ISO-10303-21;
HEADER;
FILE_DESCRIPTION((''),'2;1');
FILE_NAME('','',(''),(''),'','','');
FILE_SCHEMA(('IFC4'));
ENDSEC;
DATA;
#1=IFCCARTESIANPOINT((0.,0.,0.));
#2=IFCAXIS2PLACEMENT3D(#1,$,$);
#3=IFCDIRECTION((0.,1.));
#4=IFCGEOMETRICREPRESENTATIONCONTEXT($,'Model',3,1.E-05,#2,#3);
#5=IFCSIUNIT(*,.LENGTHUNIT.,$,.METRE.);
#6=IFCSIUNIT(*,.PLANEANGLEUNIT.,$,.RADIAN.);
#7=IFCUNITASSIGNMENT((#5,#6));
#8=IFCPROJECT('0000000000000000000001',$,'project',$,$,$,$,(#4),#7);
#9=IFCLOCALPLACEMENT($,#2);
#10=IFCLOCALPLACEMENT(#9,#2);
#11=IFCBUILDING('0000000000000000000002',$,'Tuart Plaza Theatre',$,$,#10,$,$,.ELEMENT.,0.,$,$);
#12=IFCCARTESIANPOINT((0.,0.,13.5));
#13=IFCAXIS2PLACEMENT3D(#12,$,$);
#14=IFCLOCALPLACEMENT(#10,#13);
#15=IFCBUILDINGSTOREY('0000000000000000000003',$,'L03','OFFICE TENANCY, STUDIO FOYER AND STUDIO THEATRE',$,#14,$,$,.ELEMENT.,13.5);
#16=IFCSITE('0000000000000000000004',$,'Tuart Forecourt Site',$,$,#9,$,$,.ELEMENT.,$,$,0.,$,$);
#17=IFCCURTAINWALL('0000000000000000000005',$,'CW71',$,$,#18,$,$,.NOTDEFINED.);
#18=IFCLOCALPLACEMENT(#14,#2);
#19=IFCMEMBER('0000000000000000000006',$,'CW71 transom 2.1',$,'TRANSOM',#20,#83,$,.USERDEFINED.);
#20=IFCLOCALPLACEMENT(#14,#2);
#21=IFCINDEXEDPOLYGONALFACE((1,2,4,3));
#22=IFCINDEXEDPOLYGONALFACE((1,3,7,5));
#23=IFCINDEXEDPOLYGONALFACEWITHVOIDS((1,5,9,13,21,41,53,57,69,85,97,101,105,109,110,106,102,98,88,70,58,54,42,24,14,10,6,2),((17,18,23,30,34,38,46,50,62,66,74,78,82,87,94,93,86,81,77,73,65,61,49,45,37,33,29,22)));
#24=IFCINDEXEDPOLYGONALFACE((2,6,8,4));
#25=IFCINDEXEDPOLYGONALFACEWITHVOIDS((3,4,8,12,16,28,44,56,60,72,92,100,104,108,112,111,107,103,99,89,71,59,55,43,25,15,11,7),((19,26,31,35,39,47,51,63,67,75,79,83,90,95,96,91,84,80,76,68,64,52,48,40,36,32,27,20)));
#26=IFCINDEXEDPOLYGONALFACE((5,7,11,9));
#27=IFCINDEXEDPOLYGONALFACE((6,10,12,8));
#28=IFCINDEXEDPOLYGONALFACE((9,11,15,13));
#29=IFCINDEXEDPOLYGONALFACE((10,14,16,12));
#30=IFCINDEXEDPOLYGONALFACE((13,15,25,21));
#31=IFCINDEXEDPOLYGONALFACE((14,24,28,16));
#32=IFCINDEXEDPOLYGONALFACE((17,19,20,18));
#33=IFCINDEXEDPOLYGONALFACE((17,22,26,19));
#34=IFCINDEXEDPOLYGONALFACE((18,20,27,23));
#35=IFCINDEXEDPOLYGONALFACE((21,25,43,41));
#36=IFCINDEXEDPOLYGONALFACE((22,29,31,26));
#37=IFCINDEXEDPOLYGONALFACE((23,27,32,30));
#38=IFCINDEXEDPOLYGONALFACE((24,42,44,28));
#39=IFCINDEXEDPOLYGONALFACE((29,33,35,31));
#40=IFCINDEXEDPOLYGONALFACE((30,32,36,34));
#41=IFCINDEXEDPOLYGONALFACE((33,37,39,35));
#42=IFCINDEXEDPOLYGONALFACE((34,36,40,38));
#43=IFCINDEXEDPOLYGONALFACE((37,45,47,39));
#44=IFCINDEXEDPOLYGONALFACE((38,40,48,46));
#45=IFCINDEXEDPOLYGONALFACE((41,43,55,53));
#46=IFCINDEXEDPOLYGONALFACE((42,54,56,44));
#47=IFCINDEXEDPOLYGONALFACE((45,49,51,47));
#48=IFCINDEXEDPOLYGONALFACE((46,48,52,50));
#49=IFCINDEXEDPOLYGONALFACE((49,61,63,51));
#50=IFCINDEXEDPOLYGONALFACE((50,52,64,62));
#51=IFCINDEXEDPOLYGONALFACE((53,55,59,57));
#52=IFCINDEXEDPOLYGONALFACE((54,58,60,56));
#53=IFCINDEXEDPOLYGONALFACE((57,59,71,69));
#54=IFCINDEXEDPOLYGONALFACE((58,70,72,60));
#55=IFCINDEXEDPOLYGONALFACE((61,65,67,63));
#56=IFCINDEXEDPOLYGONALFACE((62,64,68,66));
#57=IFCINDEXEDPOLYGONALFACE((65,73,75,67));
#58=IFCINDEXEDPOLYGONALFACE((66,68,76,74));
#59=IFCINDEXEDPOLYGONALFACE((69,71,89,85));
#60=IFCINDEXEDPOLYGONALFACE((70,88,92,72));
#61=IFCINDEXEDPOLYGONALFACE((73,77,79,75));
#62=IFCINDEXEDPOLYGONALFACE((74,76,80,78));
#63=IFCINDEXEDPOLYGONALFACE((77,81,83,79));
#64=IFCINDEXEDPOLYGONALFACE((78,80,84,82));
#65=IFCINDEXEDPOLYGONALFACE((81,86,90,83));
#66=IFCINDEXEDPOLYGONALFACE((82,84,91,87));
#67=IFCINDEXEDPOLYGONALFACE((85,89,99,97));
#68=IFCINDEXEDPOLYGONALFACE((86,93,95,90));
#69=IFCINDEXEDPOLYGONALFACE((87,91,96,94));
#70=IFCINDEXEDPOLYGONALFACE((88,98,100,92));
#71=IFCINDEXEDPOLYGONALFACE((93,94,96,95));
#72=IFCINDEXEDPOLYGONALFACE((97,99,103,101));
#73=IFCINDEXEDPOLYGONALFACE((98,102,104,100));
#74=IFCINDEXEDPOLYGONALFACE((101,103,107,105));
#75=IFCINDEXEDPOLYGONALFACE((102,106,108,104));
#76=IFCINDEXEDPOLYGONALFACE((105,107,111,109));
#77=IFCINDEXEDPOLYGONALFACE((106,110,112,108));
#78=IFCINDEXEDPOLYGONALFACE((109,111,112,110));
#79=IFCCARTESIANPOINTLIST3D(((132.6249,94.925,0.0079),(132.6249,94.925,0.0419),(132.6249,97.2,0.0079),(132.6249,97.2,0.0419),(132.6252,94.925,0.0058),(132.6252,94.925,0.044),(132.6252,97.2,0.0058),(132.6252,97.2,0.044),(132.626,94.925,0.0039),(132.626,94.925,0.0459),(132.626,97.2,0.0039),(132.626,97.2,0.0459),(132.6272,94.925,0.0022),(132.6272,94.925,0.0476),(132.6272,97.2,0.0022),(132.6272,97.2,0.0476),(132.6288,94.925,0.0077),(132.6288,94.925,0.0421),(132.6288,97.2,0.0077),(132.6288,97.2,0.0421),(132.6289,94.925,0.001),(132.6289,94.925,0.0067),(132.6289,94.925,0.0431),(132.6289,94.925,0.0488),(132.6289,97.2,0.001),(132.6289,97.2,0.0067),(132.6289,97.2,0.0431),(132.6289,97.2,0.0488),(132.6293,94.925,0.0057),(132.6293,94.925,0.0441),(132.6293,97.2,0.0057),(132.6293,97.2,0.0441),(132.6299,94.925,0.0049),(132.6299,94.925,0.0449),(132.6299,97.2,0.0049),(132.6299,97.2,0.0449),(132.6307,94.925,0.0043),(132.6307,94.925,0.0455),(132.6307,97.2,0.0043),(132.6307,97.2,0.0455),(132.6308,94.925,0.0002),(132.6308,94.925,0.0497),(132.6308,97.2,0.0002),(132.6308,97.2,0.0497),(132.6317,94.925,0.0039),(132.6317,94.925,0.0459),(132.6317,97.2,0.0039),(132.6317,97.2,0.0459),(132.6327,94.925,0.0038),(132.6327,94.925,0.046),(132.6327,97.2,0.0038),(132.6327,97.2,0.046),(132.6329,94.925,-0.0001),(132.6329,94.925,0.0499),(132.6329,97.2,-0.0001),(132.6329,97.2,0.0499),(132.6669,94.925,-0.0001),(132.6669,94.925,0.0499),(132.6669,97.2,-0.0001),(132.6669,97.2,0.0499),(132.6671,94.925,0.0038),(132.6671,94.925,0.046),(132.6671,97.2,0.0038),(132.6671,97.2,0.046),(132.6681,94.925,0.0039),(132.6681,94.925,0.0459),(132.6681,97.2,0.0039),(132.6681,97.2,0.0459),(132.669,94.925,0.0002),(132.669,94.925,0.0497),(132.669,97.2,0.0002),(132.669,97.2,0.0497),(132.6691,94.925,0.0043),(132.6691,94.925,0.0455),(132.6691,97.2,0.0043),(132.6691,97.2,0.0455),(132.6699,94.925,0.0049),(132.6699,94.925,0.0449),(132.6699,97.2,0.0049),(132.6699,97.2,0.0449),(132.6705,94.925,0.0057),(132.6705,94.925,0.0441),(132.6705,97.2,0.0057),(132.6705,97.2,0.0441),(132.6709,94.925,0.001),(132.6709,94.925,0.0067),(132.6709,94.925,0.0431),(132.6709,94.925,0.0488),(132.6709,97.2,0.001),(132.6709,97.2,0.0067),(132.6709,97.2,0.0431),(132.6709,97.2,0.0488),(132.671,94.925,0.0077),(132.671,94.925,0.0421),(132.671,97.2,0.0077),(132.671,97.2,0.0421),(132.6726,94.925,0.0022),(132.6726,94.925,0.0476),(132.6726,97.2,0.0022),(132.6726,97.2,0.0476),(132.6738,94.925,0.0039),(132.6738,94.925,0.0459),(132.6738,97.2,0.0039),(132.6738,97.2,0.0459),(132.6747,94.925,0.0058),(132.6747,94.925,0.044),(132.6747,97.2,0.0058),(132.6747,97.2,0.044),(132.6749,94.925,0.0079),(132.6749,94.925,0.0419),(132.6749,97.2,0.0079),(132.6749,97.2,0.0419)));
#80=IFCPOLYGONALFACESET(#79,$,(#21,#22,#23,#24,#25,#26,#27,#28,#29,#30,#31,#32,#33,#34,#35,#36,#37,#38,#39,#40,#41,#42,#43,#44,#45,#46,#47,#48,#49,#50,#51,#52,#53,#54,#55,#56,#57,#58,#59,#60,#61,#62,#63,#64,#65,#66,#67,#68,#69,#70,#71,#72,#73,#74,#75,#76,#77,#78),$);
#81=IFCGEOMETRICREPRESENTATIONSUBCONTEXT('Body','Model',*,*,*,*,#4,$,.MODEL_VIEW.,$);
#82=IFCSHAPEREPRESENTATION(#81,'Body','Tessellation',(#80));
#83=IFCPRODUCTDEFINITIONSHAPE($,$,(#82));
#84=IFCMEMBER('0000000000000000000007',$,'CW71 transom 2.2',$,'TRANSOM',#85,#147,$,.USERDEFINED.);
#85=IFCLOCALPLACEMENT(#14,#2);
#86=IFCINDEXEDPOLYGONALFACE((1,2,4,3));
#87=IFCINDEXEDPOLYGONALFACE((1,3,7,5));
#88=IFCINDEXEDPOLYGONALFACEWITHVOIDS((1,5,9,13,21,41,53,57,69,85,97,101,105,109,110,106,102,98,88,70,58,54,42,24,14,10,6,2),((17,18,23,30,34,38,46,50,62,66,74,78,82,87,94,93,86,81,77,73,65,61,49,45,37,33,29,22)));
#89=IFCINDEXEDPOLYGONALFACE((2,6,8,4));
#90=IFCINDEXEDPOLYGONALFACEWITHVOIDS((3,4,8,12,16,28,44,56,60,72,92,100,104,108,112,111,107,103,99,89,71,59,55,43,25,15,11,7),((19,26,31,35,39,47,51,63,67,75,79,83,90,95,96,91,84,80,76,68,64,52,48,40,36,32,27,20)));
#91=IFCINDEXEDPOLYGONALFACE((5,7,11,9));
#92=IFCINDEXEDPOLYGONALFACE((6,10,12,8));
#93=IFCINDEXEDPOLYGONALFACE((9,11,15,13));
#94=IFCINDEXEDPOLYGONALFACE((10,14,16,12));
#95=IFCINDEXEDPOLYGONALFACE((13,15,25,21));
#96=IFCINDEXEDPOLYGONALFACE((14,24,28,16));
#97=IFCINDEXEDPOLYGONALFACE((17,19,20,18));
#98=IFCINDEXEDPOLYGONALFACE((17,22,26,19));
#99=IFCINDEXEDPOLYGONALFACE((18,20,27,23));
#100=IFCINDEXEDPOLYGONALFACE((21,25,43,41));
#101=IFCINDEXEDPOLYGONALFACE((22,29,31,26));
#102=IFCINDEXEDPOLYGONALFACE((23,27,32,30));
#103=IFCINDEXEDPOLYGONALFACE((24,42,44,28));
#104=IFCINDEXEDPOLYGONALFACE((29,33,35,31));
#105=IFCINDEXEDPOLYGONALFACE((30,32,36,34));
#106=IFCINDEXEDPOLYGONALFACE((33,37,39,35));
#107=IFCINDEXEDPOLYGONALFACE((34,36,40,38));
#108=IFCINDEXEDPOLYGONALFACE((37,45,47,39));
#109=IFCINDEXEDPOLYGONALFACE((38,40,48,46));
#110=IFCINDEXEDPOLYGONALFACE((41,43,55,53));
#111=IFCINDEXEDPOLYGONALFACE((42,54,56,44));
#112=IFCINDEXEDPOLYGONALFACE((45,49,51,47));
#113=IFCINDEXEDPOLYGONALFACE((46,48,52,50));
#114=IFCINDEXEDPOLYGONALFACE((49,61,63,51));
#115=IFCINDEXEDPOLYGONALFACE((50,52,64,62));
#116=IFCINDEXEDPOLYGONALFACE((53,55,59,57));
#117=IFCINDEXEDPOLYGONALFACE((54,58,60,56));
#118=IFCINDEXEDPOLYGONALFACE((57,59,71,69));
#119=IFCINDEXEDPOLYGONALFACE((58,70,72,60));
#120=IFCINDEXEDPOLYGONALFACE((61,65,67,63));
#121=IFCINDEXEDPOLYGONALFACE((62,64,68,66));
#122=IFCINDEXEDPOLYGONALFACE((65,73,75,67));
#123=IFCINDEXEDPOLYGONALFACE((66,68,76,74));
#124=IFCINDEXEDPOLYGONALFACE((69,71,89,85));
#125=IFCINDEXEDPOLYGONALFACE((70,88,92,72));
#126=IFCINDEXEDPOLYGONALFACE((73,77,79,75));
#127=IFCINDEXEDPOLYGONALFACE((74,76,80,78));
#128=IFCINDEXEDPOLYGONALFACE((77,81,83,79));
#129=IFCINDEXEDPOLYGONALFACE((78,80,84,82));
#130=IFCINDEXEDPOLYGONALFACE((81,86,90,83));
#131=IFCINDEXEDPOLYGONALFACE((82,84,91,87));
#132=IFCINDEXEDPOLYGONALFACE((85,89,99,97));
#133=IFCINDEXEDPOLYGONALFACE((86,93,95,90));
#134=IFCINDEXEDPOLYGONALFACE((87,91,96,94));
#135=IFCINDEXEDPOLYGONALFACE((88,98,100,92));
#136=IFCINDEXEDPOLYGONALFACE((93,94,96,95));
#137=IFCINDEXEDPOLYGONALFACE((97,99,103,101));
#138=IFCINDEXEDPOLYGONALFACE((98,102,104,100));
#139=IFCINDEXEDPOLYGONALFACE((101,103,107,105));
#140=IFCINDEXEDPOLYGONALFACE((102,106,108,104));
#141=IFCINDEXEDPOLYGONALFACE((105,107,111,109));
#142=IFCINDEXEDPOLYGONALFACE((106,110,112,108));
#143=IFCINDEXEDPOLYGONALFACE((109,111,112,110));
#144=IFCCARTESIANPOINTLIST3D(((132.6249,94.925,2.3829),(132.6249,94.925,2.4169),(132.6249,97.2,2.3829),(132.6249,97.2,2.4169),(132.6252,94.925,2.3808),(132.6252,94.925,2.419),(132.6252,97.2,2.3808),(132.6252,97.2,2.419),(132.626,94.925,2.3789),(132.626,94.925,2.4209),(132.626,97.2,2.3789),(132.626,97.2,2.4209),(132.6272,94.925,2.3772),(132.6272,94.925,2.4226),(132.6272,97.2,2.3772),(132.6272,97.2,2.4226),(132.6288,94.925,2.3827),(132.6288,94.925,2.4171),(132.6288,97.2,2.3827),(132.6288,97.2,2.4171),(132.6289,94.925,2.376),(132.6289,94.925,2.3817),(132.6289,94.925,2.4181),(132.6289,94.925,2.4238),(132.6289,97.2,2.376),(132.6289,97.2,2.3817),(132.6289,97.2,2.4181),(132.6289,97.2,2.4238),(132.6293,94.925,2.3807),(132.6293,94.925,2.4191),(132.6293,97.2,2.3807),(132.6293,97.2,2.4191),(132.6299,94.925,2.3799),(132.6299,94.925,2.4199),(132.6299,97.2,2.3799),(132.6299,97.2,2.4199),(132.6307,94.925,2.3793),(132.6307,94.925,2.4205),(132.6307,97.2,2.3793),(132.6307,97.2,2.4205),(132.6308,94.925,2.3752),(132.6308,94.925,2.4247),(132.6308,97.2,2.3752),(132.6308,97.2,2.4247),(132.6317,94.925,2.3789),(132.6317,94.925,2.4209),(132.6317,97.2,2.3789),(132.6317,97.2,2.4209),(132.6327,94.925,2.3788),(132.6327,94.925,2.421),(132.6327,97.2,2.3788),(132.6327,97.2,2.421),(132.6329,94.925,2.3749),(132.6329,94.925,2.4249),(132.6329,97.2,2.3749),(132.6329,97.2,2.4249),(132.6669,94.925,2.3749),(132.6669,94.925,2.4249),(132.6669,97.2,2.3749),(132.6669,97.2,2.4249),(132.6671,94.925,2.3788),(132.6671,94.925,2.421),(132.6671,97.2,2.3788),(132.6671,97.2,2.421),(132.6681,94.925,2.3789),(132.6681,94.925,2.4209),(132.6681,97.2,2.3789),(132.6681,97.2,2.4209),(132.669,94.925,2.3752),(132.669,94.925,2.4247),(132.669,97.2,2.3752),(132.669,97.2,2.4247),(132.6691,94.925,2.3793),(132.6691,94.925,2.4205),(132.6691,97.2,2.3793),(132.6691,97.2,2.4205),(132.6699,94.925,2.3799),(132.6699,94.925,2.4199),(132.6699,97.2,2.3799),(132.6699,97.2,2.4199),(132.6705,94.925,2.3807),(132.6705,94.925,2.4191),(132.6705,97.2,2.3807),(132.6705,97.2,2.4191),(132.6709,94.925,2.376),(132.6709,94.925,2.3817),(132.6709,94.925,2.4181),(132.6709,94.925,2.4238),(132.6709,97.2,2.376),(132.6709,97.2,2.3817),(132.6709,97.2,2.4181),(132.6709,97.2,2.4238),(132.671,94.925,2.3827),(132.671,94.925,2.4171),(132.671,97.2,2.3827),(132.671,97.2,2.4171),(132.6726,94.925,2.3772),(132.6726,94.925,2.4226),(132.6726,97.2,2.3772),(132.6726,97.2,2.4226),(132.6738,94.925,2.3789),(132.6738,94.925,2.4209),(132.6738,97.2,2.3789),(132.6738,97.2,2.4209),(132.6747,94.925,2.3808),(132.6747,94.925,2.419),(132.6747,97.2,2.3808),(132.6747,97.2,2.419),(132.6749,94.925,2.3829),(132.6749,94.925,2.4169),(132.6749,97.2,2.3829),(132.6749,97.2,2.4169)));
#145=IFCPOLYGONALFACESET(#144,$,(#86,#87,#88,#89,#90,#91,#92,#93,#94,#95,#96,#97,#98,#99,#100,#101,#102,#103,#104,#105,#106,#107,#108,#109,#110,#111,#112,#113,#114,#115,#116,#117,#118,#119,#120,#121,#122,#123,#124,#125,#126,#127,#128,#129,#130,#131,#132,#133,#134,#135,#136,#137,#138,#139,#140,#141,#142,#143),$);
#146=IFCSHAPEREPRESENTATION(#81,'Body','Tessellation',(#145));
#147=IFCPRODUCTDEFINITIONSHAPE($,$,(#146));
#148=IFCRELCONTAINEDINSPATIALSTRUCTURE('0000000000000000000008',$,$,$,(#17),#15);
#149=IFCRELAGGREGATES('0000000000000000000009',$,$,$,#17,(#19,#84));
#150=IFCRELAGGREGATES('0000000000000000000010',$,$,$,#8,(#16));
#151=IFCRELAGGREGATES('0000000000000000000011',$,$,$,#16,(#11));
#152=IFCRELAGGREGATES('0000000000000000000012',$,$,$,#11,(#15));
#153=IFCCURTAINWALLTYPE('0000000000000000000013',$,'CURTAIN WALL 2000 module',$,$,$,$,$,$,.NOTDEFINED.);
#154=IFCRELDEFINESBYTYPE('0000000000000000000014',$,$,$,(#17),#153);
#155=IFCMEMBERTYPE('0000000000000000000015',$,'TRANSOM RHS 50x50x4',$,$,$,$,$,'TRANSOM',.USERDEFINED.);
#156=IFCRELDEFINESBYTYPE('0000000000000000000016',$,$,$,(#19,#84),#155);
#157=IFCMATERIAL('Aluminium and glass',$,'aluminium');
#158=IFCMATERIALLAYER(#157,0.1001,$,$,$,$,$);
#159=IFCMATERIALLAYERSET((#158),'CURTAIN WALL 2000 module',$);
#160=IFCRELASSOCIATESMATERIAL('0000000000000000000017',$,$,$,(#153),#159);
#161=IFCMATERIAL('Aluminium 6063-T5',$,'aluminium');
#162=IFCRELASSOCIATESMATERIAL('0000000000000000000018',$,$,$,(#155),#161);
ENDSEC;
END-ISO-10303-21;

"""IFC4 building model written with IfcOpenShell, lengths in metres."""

from ifc_helpers import new_model, si_unit, direction, frame, origin, origin_2d, place, context, subcontext, project, spatial, hollow_rectangle, extrude, material, layer, layer_set, material_profile, profile_set, type_object, element, aggregate, save


model = new_model("IFC4")

# Units and contexts
model_context = context("Model", 3, precision=1e-05, world=origin(), true_north=direction((0.0, 1.0)))
body_context = subcontext(model_context, "Body", "Model", "MODEL_VIEW")
ifc_project = project(units=[si_unit("LENGTHUNIT", "METRE"), si_unit("PLANEANGLEUNIT", "RADIAN")], contexts=[model_context])

# Site, building, storey
site_placement = place(None, origin())
site = spatial("IfcSite", under=ifc_project, at=site_placement, Name="Tuart Forecourt Site", CompositionType="ELEMENT", RefElevation=0.0)
building_placement = place(site_placement, origin())
building = spatial("IfcBuilding", under=site, at=building_placement, Name="Tuart Plaza Theatre", CompositionType="ELEMENT", ElevationOfRefHeight=0.0)
storey_placement = place(building_placement, frame((0.0, 0.0, 13.5)))
storey = spatial("IfcBuildingStorey", under=building, at=storey_placement, Name="L03", Description="OFFICE TENANCY, STUDIO FOYER AND STUDIO THEATRE", CompositionType="ELEMENT", Elevation=13.5)

# Shared definitions
ifc_material_1 = material(Name="Aluminium and glass", Category="aluminium")
ifc_layer_1 = layer(ifc_material_1, 0.1001)
ifc_layer_set_1 = layer_set([ifc_layer_1], Name="CURTAIN WALL 2000 module")
curtain_wall_type = type_object("IfcCurtainWallType", Name="CURTAIN WALL 2000 module", PredefinedType="NOTDEFINED", material=ifc_layer_set_1)

# Curtain wall
curtain_wall_1_placement = place(storey_placement, origin())
curtain_wall_1 = element("IfcCurtainWall", 1, at=curtain_wall_1_placement, inside=storey, type_object=curtain_wall_type, Name="CW71", PredefinedType="NOTDEFINED")

# Members
ifc_material_2 = material(Name="Aluminium 6063-T5", Category="aluminium")
ifc_material_profile_1 = material_profile(ifc_material_2, hollow_rectangle(XDim=0.05, YDim=0.05, WallThickness=0.0039, InnerFilletRadius=0.0039, OuterFilletRadius=0.0081, at=origin_2d()), Name="RHS 50x50x4")
ifc_profile_set_1 = profile_set([ifc_material_profile_1], Name="Aluminium 6063-T5")
member_type_1 = type_object("IfcMemberType", Name="TRANSOM RHS 50x50x4", ElementType="TRANSOM", PredefinedType="USERDEFINED", material=ifc_profile_set_1)
member_1_placement = place(storey_placement, frame((132.6499, 94.925, 0.0249), z_axis=(0.0, 1.0, 0.0), x_axis=(-1.0, 0.0, 0.0)))
member_1 = element("IfcMember", 2, at=member_1_placement, type_object=member_type_1, Name="CW71 transom 2.1", ObjectType="TRANSOM", PredefinedType="USERDEFINED", context=body_context, shape_type="SweptSolid", body=[
    extrude(hollow_rectangle(XDim=0.05, YDim=0.05, WallThickness=0.0039, InnerFilletRadius=0.0039, OuterFilletRadius=0.0081, at=origin_2d()), origin(), (0.0, 0.0, 1.0), 2.2749),
])
member_2_placement = place(storey_placement, frame((132.6499, 94.925, 2.3999), z_axis=(0.0, 1.0, 0.0), x_axis=(-1.0, 0.0, 0.0)))
member_2 = element("IfcMember", 3, at=member_2_placement, type_object=member_type_1, Name="CW71 transom 2.2", ObjectType="TRANSOM", PredefinedType="USERDEFINED", context=body_context, shape_type="SweptSolid", body=[
    extrude(hollow_rectangle(XDim=0.05, YDim=0.05, WallThickness=0.0039, InnerFilletRadius=0.0039, OuterFilletRadius=0.0081, at=origin_2d()), origin(), (0.0, 0.0, 1.0), 2.2749),
])

aggregate(curtain_wall_1, [member_1, member_2])

save(model, "model.ifc")
